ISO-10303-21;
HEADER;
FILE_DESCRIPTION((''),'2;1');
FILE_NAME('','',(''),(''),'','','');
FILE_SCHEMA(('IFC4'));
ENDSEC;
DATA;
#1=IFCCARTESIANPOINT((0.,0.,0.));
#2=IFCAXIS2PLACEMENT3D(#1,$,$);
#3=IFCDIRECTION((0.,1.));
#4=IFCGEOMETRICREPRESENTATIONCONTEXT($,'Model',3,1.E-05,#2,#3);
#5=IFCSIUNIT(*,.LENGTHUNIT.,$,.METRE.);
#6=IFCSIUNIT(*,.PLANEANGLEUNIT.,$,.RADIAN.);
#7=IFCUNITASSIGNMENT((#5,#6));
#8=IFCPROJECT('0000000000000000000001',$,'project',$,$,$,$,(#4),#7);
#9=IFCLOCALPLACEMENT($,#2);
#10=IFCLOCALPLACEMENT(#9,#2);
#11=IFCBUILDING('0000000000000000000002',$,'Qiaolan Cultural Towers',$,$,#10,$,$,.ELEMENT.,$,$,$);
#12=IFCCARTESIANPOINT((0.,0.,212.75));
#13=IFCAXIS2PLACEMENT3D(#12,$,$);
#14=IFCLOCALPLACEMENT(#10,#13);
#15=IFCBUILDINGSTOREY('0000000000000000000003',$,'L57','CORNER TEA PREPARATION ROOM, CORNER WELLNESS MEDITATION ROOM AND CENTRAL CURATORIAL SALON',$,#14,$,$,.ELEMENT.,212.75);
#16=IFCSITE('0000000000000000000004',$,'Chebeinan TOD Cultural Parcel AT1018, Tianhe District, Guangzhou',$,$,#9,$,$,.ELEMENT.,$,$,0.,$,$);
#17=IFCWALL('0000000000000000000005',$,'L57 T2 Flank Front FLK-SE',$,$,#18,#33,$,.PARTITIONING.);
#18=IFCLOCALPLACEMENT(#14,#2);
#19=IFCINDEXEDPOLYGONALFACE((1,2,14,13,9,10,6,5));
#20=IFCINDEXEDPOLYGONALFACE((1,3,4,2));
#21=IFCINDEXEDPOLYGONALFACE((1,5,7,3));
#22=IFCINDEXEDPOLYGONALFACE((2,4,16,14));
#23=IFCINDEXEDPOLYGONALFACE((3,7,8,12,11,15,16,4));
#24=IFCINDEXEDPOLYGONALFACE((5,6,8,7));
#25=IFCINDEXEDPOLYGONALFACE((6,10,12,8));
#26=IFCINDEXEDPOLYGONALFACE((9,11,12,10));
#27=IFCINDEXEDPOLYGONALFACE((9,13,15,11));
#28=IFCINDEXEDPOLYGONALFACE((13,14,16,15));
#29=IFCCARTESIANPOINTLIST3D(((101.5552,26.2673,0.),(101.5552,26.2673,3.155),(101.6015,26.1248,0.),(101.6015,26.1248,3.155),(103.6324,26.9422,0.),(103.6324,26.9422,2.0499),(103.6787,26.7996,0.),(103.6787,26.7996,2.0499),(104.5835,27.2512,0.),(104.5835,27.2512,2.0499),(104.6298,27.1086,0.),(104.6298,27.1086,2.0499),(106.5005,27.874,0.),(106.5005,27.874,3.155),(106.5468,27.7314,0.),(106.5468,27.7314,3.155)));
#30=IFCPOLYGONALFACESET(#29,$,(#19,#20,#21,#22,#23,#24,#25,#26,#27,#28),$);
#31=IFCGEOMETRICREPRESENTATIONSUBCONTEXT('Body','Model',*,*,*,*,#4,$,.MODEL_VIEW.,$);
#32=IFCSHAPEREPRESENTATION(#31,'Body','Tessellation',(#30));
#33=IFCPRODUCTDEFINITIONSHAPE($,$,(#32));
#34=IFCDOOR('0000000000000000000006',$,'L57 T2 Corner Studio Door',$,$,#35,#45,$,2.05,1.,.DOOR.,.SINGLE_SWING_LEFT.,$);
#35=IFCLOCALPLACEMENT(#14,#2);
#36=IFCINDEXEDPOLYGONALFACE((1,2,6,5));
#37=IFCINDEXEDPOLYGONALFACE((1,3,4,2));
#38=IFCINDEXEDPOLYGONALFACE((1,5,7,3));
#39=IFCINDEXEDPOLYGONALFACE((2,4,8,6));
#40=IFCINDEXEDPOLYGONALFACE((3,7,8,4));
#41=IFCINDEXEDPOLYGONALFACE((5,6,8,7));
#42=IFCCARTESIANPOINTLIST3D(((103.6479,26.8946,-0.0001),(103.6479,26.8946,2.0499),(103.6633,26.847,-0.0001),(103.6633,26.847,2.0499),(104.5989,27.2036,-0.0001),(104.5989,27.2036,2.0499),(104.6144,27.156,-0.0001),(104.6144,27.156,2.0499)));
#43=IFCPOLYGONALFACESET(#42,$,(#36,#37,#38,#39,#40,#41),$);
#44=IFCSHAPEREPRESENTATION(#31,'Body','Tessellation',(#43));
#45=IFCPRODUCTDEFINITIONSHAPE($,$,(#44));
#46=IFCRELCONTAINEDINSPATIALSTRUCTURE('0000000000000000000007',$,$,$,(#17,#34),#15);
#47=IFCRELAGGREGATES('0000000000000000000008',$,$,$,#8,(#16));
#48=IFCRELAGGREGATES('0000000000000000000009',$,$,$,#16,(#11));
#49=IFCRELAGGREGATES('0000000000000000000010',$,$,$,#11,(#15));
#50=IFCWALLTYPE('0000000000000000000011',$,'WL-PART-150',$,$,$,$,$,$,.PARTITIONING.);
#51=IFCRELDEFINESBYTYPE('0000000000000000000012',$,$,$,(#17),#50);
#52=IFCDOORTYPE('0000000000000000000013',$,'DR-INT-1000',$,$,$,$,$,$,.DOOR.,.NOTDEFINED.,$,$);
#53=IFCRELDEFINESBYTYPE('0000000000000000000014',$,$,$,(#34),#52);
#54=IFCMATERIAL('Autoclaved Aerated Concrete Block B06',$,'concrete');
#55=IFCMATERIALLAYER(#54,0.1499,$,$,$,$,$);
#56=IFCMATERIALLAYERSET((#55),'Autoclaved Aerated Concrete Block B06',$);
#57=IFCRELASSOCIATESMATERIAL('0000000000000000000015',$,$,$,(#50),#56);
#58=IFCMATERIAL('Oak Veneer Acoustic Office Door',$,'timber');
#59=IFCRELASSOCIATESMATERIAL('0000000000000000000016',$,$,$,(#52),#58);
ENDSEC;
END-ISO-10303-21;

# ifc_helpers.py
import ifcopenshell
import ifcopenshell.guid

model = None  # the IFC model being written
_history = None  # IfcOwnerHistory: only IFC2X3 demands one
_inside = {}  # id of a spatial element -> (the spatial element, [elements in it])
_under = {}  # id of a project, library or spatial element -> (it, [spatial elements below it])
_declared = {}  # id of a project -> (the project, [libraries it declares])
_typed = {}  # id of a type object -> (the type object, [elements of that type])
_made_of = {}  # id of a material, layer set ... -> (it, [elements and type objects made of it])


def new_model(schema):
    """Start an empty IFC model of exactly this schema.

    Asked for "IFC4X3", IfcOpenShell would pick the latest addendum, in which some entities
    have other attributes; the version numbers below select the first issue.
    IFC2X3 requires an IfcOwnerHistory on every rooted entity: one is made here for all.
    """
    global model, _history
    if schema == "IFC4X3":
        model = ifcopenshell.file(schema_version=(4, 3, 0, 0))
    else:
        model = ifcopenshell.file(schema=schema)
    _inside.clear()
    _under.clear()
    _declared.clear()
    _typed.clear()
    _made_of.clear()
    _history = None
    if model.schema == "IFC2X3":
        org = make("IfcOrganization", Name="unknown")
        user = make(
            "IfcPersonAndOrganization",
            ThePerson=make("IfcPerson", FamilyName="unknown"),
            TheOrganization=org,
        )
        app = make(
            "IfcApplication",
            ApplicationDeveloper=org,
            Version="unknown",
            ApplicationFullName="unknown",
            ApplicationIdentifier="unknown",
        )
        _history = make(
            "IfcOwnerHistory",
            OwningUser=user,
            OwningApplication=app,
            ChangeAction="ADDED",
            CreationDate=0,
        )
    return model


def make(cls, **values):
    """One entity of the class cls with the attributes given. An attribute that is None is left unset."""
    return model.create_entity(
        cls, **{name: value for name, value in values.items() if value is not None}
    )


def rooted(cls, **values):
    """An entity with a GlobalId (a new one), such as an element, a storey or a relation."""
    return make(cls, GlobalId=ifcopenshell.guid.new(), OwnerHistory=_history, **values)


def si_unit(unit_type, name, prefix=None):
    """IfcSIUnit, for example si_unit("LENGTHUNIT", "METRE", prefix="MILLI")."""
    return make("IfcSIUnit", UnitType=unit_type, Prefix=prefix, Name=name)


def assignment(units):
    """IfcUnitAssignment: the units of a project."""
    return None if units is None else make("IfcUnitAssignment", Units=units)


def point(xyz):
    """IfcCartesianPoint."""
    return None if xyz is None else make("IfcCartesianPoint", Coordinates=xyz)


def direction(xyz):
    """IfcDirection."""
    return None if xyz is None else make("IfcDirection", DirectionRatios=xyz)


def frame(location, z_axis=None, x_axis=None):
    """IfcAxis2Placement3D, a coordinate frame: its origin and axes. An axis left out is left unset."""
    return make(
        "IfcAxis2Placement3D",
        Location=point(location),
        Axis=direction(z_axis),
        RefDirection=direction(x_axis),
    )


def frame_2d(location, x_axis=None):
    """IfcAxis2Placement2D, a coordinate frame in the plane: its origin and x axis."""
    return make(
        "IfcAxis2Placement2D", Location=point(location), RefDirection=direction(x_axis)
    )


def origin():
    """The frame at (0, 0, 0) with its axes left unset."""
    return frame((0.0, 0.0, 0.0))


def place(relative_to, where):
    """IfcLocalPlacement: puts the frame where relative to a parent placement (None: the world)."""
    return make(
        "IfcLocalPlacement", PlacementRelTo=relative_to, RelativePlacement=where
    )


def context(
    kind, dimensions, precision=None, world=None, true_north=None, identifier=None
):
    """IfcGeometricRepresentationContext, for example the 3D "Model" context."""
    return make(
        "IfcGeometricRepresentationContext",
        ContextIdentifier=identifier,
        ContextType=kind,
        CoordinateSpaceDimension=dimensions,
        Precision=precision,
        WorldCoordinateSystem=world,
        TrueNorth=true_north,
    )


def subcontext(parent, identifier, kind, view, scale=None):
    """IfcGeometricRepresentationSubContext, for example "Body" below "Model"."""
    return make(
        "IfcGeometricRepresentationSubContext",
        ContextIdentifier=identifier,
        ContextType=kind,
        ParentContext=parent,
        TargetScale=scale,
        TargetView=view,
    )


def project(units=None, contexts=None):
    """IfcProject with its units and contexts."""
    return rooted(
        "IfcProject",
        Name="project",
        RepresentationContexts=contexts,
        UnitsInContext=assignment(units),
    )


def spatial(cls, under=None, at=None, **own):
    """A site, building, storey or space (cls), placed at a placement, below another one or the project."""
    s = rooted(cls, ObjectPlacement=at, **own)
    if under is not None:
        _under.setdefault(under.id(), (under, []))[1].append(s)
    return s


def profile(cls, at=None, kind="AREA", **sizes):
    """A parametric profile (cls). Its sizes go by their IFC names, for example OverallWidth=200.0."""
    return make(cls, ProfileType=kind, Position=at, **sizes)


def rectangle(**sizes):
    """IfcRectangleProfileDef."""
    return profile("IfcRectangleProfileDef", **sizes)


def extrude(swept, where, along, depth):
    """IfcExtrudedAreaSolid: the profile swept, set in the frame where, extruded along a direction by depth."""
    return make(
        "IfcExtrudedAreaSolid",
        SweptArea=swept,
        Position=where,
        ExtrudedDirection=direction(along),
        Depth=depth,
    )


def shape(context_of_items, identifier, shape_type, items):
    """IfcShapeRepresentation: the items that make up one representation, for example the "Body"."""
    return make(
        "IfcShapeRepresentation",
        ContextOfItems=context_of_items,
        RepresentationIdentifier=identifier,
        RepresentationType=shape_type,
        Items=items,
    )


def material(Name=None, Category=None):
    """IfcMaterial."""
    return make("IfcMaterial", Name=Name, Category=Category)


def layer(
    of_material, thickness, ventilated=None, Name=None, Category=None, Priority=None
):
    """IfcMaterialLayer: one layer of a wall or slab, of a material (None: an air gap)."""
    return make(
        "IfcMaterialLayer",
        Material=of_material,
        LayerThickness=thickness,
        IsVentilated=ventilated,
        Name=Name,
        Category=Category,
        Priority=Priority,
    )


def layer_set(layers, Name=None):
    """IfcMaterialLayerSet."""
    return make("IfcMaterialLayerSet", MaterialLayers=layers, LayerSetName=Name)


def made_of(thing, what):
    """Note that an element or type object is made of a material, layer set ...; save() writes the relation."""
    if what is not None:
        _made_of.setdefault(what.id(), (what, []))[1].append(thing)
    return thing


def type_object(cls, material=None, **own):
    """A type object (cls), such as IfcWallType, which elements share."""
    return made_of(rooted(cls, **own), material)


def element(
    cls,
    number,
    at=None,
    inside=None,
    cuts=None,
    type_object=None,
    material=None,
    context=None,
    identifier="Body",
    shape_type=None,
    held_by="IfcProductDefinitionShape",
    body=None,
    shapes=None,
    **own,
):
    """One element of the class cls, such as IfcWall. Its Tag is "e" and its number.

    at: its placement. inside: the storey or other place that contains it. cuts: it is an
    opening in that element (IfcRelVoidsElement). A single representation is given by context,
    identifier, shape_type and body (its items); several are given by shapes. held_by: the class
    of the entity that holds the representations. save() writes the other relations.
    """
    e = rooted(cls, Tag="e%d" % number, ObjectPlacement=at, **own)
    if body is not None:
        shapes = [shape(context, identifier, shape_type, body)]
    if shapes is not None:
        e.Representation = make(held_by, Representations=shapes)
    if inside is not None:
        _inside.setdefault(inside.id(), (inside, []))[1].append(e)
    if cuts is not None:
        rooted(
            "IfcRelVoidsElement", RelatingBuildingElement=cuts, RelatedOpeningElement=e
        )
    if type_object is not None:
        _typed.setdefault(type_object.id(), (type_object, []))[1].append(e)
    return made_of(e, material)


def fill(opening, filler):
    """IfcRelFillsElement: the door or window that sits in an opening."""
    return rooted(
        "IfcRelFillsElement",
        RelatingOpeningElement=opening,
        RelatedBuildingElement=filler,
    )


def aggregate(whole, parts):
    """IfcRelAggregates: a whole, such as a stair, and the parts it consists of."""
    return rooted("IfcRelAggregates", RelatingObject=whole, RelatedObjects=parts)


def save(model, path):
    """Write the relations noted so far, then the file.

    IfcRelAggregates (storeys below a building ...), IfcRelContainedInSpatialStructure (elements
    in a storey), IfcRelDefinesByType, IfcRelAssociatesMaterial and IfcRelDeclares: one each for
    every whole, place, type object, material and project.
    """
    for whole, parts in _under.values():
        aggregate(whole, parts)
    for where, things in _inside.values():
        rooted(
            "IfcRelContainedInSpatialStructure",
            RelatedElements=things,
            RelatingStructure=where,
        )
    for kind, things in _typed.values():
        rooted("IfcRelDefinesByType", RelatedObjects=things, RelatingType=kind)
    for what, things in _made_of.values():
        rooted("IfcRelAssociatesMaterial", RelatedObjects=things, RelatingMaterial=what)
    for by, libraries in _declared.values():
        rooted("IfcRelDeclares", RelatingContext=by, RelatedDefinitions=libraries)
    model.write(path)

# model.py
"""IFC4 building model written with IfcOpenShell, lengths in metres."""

from ifc_helpers import new_model, si_unit, direction, frame, frame_2d, origin, place, context, subcontext, project, spatial, rectangle, extrude, material, layer, layer_set, type_object, element, fill, save


model = new_model("IFC4")

# Units and contexts
model_context = context("Model", 3, precision=1e-05, world=origin(), true_north=direction((0.0, 1.0)))
body_context = subcontext(model_context, "Body", "Model", "MODEL_VIEW")
ifc_project = project(units=[si_unit("LENGTHUNIT", "METRE"), si_unit("PLANEANGLEUNIT", "RADIAN")], contexts=[model_context])

# Site, building, storey
site_placement = place(None, origin())
site = spatial("IfcSite", under=ifc_project, at=site_placement, Name="Chebeinan TOD Cultural Parcel AT1018, Tianhe District, Guangzhou", CompositionType="ELEMENT", RefElevation=0.0)
building_placement = place(site_placement, origin())
building = spatial("IfcBuilding", under=site, at=building_placement, Name="Qiaolan Cultural Towers", CompositionType="ELEMENT")
storey_placement = place(building_placement, frame((0.0, 0.0, 212.75)))
storey = spatial("IfcBuildingStorey", under=building, at=storey_placement, Name="L57", Description="CORNER TEA PREPARATION ROOM, CORNER WELLNESS MEDITATION ROOM AND CENTRAL CURATORIAL SALON", CompositionType="ELEMENT", Elevation=212.75)

# Shared definitions
ifc_material_1 = material(Name="Autoclaved Aerated Concrete Block B06", Category="concrete")
ifc_layer_1 = layer(ifc_material_1, 0.1499)
ifc_layer_set_1 = layer_set([ifc_layer_1], Name="Autoclaved Aerated Concrete Block B06")
wall_type_1 = type_object("IfcWallType", Name="WL-PART-150", PredefinedType="PARTITIONING", material=ifc_layer_set_1)

# Wall, opening, door
wall_1_placement = place(storey_placement, frame((101.5784, 26.196, 0.0), z_axis=(0.0, 0.0, 1.0), x_axis=(0.951064, 0.308993, 0.0)))
wall_1 = element("IfcWall", 1, at=wall_1_placement, inside=storey, type_object=wall_type_1, Name="L57 T2 Flank Front FLK-SE", PredefinedType="PARTITIONING", context=body_context, shape_type="SweptSolid", body=[
    extrude(rectangle(XDim=5.1997, YDim=0.1499, at=frame_2d((2.5999, 0.0))), origin(), (0.0, 0.0, 1.0), 3.155),
])
opening_1_placement = place(wall_1_placement, frame((2.1841, 0.0, 0.0)))
opening_1 = element("IfcOpeningElement", 2, at=opening_1_placement, cuts=wall_1, PredefinedType="OPENING", context=body_context, shape_type="SweptSolid", body=[
    extrude(rectangle(XDim=1.0, YDim=2.05, at=frame_2d((0.5, 1.0249))), frame((0.0, 0.085, 0.0), z_axis=(0.0, -1.0, 0.0), x_axis=(1.0, 0.0, 0.0)), (0.0, 0.0, 1.0), 0.1699),
])
ifc_material_2 = material(Name="Oak Veneer Acoustic Office Door", Category="timber")
door_type_1 = type_object("IfcDoorType", Name="DR-INT-1000", OperationType="NOTDEFINED", PredefinedType="DOOR", material=ifc_material_2)
door_1_placement = place(opening_1_placement, origin())
door_1 = element("IfcDoor", 3, at=door_1_placement, inside=storey, type_object=door_type_1, Name="L57 T2 Corner Studio Door", OperationType="SINGLE_SWING_LEFT", OverallHeight=2.05, OverallWidth=1.0, PredefinedType="DOOR", context=body_context, shape_type="SweptSolid", body=[
    extrude(rectangle(XDim=1.0, YDim=2.05, at=frame_2d((0.5, 1.0249))), frame((0.0, 0.0249, 0.0), z_axis=(0.0, -1.0, 0.0), x_axis=(1.0, 0.0, 0.0)), (0.0, 0.0, 1.0), 0.05),
])
fill(opening_1, door_1)

save(model, "model.ifc")
